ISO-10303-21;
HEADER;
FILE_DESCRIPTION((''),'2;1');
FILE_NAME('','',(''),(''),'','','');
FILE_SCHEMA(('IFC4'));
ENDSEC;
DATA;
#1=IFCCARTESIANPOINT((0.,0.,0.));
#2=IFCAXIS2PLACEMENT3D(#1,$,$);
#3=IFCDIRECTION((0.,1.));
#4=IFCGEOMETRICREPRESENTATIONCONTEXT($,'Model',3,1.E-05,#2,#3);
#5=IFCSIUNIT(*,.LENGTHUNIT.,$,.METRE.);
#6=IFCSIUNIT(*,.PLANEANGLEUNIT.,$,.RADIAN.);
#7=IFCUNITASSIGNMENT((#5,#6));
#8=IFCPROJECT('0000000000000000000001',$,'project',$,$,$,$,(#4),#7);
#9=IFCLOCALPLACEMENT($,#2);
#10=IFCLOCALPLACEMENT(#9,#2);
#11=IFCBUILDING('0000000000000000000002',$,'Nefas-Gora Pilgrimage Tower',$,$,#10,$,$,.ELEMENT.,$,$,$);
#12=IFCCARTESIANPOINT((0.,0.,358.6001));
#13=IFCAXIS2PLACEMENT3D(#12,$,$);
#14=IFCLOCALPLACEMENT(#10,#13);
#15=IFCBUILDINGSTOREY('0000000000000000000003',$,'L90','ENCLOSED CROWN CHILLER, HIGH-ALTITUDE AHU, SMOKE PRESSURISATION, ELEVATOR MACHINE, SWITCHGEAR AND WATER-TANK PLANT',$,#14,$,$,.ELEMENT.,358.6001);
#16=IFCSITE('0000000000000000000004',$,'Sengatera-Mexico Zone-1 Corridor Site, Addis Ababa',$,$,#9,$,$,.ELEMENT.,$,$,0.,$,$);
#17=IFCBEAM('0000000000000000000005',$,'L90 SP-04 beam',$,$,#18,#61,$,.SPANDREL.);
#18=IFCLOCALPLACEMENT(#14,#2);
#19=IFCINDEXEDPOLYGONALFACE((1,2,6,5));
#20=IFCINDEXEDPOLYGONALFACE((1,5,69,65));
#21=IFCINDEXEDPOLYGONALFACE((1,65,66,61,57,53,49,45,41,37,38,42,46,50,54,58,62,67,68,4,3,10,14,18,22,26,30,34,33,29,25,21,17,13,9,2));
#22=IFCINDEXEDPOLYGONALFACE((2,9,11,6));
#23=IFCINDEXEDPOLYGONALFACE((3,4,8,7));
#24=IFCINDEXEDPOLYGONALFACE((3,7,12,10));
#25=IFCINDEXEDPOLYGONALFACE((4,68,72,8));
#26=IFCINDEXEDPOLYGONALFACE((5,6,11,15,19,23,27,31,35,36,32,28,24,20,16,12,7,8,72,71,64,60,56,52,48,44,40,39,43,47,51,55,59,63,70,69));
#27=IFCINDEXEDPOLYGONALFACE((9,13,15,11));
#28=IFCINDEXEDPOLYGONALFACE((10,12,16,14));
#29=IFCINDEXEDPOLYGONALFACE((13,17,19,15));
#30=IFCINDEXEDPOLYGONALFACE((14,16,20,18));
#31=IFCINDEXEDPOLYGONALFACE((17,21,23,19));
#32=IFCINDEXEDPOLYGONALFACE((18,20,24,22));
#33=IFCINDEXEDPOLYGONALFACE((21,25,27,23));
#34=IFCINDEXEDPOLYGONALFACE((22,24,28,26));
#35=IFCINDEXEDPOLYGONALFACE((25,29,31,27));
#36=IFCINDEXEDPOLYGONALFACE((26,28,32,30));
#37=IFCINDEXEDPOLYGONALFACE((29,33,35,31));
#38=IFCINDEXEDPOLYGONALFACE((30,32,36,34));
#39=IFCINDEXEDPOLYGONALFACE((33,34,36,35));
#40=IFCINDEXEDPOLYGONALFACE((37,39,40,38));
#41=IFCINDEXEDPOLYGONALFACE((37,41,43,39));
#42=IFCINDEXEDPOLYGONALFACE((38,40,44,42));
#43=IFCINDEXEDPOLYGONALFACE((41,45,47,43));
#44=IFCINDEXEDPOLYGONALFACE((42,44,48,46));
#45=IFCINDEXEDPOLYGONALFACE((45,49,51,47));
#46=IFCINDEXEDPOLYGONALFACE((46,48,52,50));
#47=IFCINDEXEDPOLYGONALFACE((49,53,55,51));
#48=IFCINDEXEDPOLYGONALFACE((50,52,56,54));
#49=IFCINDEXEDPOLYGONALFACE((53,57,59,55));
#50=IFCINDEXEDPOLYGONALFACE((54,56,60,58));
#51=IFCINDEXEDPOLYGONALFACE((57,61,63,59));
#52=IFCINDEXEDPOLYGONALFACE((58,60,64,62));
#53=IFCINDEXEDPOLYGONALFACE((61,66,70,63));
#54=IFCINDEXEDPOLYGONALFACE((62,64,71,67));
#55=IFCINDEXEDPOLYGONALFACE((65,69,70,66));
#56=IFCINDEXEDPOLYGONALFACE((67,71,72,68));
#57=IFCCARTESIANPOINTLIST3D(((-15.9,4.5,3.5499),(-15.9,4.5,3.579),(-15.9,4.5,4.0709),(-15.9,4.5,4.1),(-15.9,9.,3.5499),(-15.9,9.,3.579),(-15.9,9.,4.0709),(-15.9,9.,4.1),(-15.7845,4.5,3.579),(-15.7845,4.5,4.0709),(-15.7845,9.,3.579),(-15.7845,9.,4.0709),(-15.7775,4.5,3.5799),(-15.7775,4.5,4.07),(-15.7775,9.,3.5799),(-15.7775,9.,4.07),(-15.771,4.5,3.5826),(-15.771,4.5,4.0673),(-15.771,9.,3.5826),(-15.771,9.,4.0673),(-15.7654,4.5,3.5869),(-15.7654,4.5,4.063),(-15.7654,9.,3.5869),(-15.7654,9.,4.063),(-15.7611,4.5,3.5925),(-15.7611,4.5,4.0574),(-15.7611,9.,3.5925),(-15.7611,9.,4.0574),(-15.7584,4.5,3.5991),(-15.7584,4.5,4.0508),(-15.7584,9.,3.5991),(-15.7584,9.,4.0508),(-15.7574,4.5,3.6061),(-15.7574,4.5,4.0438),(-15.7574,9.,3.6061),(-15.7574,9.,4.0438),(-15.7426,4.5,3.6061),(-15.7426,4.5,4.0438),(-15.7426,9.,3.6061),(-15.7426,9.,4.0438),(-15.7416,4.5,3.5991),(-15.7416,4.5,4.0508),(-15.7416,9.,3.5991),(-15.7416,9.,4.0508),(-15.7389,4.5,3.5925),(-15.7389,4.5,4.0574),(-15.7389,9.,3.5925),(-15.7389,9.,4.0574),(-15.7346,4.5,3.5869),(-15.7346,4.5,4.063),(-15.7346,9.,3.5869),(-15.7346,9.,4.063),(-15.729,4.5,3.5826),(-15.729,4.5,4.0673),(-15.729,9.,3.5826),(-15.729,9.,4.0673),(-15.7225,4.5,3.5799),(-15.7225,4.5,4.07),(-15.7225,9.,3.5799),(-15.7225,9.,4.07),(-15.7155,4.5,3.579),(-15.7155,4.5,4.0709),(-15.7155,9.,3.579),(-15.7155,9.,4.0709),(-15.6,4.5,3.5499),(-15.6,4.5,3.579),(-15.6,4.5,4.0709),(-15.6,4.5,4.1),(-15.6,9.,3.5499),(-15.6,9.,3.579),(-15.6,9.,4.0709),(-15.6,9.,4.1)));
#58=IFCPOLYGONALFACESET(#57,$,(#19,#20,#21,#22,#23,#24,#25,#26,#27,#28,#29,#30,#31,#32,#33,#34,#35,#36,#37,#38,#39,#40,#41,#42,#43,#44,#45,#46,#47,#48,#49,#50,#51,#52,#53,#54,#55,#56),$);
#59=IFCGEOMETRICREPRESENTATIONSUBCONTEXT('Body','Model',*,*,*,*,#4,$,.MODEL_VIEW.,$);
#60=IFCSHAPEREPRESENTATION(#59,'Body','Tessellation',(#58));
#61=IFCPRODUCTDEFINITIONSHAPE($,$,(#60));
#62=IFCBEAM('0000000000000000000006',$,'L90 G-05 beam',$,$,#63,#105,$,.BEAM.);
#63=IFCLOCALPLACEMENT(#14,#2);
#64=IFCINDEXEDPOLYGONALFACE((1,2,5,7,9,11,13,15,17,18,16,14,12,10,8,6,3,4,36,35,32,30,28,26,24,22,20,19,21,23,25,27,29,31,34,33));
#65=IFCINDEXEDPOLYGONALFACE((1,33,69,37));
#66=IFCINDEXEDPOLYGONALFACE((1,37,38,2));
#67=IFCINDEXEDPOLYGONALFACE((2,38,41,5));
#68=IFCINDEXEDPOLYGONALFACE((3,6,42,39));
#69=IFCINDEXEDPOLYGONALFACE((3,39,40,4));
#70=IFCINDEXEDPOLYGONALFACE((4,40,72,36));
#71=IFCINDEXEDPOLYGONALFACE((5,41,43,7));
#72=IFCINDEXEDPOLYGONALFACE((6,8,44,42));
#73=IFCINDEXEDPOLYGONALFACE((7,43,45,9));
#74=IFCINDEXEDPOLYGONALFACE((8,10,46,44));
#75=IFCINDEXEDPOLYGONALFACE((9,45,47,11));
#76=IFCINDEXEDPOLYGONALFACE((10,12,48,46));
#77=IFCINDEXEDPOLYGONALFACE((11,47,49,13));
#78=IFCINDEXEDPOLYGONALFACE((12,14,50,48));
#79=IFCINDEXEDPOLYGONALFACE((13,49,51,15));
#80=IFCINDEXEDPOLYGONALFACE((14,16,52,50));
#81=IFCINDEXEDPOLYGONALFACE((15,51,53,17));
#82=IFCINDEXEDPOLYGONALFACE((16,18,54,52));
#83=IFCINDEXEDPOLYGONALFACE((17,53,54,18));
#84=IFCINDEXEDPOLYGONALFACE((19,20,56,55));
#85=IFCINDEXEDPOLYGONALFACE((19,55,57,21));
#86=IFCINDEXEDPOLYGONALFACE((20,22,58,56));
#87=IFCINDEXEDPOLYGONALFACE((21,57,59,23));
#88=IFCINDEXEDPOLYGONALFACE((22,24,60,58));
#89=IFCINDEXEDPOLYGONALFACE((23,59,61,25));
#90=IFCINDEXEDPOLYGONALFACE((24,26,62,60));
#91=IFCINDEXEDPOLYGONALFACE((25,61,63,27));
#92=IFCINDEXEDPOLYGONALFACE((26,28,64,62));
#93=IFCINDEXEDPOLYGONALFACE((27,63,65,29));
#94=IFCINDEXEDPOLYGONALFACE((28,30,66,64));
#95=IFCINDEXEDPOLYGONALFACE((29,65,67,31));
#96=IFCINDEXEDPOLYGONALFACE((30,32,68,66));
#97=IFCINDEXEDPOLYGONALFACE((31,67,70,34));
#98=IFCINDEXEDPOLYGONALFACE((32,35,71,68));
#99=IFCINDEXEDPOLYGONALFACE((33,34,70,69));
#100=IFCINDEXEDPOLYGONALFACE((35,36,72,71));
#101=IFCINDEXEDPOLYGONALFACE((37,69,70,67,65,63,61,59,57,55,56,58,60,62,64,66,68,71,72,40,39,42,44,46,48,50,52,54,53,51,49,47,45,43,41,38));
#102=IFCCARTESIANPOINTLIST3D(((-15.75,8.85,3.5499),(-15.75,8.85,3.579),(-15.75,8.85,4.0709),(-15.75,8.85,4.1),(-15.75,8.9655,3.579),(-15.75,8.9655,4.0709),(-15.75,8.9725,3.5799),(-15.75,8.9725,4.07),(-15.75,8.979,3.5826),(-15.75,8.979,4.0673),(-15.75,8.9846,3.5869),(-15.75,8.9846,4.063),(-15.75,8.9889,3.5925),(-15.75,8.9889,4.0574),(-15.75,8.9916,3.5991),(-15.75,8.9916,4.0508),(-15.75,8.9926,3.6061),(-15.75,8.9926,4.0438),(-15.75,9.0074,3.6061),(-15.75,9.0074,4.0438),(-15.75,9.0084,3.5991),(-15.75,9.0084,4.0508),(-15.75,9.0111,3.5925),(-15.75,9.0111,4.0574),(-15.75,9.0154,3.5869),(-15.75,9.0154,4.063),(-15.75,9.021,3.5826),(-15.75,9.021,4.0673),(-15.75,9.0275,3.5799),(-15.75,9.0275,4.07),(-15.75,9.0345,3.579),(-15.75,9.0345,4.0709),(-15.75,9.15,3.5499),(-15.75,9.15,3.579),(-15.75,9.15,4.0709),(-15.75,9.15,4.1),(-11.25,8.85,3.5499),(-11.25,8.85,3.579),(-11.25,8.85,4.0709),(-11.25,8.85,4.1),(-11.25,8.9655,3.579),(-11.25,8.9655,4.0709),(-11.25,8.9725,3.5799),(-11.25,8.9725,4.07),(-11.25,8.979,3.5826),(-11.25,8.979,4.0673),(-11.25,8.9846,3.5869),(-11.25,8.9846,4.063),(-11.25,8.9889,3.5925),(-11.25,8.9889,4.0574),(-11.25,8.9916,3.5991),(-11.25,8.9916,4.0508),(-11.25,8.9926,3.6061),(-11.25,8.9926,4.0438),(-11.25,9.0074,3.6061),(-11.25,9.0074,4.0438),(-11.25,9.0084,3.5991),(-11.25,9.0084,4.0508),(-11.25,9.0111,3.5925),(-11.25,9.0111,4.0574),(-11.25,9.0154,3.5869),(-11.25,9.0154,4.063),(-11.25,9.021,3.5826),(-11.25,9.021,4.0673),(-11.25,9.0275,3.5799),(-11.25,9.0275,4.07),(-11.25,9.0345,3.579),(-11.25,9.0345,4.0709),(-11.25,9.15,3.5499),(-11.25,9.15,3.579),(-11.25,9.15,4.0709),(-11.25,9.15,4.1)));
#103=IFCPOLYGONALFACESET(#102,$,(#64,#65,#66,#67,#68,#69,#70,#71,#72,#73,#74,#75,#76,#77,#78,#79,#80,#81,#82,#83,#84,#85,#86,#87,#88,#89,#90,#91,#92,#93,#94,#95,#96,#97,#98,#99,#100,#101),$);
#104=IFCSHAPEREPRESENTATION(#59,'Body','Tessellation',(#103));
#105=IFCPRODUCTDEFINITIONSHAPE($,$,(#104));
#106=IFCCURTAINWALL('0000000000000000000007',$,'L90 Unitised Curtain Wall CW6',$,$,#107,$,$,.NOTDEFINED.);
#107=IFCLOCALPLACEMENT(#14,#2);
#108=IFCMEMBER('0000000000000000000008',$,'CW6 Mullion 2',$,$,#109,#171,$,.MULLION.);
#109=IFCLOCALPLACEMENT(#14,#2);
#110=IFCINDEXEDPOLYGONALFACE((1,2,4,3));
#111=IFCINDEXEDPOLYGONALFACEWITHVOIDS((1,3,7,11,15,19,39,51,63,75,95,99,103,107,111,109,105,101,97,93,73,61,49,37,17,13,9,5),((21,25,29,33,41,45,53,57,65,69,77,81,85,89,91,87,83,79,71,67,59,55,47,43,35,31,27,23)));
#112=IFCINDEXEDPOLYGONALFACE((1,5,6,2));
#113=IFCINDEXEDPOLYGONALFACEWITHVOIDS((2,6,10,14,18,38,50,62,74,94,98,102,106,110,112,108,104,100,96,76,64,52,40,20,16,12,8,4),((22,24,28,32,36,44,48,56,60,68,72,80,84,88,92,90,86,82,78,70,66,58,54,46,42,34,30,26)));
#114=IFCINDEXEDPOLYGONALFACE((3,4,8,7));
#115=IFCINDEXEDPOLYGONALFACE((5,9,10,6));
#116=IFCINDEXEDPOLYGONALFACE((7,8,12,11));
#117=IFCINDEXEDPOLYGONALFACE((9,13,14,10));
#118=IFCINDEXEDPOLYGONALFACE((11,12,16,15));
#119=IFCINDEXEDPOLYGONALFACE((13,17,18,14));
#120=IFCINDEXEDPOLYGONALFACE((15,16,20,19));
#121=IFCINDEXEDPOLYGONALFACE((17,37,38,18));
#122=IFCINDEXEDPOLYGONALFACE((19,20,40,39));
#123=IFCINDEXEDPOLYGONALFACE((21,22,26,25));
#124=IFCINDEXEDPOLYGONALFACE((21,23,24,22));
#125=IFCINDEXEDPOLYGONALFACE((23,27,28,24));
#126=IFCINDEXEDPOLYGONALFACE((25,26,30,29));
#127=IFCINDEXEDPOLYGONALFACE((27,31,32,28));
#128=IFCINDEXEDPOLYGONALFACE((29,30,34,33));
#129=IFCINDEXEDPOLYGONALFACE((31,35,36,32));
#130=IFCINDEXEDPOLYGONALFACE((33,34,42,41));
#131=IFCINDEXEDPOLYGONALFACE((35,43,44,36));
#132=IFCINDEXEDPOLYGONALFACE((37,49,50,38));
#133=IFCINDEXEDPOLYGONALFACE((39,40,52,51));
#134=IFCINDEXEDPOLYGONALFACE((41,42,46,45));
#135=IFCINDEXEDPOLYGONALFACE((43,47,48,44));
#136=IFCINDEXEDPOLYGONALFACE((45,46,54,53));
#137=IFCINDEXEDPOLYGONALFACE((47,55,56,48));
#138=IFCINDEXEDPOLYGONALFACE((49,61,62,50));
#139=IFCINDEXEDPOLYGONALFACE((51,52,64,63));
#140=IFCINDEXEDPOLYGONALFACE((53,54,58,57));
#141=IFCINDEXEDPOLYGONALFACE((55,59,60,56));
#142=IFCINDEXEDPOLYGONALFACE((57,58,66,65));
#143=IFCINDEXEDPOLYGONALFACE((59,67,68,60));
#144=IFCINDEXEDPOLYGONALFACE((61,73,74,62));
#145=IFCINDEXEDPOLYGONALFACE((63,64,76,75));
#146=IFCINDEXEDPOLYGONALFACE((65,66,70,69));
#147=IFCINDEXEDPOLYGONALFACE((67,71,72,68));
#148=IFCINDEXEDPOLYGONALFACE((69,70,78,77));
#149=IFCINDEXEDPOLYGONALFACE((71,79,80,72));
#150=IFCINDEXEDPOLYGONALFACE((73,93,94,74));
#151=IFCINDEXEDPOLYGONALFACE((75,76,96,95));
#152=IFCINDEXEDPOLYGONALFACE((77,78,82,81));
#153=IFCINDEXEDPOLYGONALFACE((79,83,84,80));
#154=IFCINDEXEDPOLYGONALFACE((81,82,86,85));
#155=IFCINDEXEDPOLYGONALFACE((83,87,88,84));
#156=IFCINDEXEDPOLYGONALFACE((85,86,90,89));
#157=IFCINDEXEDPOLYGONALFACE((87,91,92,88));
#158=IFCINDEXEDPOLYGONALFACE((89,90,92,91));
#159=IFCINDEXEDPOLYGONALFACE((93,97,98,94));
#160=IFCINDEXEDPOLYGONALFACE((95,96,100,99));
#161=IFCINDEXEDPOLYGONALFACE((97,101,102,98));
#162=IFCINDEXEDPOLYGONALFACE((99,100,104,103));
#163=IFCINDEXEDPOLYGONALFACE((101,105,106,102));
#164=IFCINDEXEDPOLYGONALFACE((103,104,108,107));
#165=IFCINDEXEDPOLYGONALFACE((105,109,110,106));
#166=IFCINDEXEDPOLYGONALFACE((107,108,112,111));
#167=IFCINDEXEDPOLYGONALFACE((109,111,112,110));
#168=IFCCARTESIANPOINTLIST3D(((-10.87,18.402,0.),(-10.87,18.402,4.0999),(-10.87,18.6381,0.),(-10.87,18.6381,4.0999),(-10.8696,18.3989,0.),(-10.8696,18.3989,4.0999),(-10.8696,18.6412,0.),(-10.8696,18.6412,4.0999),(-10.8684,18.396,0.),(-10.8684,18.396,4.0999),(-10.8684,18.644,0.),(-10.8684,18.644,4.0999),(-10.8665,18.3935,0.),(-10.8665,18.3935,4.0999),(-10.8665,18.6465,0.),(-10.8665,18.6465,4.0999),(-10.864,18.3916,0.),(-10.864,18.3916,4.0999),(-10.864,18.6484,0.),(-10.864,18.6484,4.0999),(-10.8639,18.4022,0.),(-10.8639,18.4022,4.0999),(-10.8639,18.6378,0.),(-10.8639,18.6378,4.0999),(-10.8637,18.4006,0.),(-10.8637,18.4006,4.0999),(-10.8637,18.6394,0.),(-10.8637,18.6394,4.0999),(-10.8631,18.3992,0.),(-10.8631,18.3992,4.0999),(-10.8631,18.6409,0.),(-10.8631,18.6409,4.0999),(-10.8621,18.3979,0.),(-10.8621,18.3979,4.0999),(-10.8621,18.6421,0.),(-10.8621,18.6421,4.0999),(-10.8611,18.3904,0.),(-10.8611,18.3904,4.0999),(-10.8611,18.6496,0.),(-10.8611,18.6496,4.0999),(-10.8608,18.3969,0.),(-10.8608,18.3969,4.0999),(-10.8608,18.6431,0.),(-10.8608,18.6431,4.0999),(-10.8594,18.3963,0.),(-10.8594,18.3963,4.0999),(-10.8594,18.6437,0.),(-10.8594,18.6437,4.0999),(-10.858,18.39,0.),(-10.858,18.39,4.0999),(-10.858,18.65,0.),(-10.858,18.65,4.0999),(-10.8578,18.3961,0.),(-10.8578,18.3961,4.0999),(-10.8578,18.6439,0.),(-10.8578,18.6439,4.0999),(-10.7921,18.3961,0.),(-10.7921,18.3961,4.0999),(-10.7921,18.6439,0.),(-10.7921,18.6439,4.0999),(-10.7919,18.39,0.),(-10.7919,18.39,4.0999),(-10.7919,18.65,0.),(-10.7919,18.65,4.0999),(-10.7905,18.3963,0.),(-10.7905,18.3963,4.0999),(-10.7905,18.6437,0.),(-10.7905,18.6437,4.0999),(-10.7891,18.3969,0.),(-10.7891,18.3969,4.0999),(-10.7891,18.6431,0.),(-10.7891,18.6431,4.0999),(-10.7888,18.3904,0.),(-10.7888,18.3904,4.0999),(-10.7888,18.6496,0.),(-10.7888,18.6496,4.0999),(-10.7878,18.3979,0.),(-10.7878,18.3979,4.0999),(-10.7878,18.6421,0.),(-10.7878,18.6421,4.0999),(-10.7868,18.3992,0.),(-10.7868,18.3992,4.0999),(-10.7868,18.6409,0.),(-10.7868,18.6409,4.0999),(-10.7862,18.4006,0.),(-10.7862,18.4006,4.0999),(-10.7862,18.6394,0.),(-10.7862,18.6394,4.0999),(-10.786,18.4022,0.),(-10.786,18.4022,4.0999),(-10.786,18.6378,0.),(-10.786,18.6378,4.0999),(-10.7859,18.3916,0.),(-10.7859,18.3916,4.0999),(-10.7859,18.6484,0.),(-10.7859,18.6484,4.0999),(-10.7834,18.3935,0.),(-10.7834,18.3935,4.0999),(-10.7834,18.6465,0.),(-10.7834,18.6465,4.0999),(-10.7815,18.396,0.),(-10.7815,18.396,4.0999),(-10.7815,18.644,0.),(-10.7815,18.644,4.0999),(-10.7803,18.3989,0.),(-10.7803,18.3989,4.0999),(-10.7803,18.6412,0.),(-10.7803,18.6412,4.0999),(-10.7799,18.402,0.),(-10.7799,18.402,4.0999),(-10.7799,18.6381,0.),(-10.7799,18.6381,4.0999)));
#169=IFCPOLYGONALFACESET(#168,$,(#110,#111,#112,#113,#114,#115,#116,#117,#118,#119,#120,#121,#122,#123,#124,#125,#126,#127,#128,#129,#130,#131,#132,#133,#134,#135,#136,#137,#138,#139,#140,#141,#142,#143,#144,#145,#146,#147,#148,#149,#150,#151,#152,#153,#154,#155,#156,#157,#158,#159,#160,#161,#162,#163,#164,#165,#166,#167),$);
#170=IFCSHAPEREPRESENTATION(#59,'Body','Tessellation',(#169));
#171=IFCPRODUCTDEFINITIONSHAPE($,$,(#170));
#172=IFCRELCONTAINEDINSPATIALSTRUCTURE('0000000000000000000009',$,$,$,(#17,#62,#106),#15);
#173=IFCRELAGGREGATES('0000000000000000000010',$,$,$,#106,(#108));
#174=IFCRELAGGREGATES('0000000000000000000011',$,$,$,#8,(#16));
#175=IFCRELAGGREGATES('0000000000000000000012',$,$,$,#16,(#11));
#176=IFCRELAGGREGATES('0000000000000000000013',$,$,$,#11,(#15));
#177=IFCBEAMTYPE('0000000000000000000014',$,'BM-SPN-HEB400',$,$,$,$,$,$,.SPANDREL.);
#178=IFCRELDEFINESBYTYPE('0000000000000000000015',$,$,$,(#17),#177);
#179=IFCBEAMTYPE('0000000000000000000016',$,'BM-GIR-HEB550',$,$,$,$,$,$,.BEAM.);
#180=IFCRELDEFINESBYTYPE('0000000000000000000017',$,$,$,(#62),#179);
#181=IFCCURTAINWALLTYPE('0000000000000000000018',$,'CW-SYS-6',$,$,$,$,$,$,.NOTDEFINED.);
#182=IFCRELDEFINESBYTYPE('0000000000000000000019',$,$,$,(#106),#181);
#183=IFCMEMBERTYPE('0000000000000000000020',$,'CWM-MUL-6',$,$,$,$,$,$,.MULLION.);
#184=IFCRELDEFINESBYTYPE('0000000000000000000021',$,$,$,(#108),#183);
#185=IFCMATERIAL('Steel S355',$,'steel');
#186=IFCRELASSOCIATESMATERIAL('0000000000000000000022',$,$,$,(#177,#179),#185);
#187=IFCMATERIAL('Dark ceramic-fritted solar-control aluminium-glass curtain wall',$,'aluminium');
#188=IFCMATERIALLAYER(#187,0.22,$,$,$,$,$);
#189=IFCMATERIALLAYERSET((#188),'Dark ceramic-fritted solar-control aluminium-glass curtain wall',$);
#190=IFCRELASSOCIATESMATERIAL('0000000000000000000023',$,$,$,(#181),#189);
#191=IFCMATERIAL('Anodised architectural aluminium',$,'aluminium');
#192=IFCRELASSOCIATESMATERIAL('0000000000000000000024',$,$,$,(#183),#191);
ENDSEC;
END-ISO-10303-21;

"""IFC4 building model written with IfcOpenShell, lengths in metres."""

from ifc_helpers import new_model, si_unit, direction, frame, origin, origin_2d, place, context, subcontext, project, spatial, hollow_rectangle, i_section, extrude, source, transform, mapped, material, layer, layer_set, material_profile, profile_set, type_object, element, aggregate, save


model = new_model("IFC4")

# Units and contexts
model_context = context("Model", 3, precision=1e-05, world=origin(), true_north=direction((0.0, 1.0)))
body_context = subcontext(model_context, "Body", "Model", "MODEL_VIEW")
ifc_project = project(units=[si_unit("LENGTHUNIT", "METRE"), si_unit("PLANEANGLEUNIT", "RADIAN")], contexts=[model_context])

# Site, building, storey
site_placement = place(None, origin())
site = spatial("IfcSite", under=ifc_project, at=site_placement, Name="Sengatera-Mexico Zone-1 Corridor Site, Addis Ababa", CompositionType="ELEMENT", RefElevation=0.0)
building_placement = place(site_placement, origin())
building = spatial("IfcBuilding", under=site, at=building_placement, Name="Nefas-Gora Pilgrimage Tower", CompositionType="ELEMENT")
storey_placement = place(building_placement, frame((0.0, 0.0, 358.6001)))
storey = spatial("IfcBuildingStorey", under=building, at=storey_placement, Name="L90", Description="ENCLOSED CROWN CHILLER, HIGH-ALTITUDE AHU, SMOKE PRESSURISATION, ELEVATOR MACHINE, SWITCHGEAR AND WATER-TANK PLANT", CompositionType="ELEMENT", Elevation=358.6001)

# Shared definitions
ifc_material_1 = material(Name="Steel S355", Category="steel")

# Beams
ifc_material_profile_1 = material_profile(ifc_material_1, i_section(OverallWidth=0.3, OverallDepth=0.55, WebThickness=0.0149, FlangeThickness=0.0291, FilletRadius=0.0271, at=origin_2d()), Name="HEB 550")
ifc_profile_set_1 = profile_set([ifc_material_profile_1], Name="Steel S355")
beam_type_1 = type_object("IfcBeamType", Name="BM-SPN-HEB400", PredefinedType="SPANDREL", material=ifc_profile_set_1)
shared_shape_1 = source(origin(), body_context, "Body", "SweptSolid", [
    extrude(i_section(OverallWidth=0.3, OverallDepth=0.55, WebThickness=0.0149, FlangeThickness=0.0291, FilletRadius=0.0271, at=origin_2d()), origin(), (0.0, 0.0, 1.0), 4.5),
])
beam_1_placement = place(storey_placement, frame((-15.75, 4.5, 3.825), z_axis=(0.0, 1.0, 0.0), x_axis=(-1.0, 0.0, 0.0)))
element("IfcBeam", 1, at=beam_1_placement, inside=storey, type_object=beam_type_1, Name="L90 SP-04 beam", PredefinedType="SPANDREL", context=body_context, shape_type="MappedRepresentation", body=[
    mapped(shared_shape_1, transform((0.0, 0.0, 0.0), x_axis=(1.0, 0.0, 0.0), y_axis=(0.0, 1.0, 0.0), z_axis=(0.0, 0.0, 1.0), scale=1.0)),
])
ifc_material_profile_2 = material_profile(ifc_material_1, i_section(OverallWidth=0.3, OverallDepth=0.55, WebThickness=0.0149, FlangeThickness=0.0291, FilletRadius=0.0271, at=origin_2d()), Name="HEB 550")
ifc_profile_set_2 = profile_set([ifc_material_profile_2], Name="Steel S355")
beam_type_2 = type_object("IfcBeamType", Name="BM-GIR-HEB550", PredefinedType="BEAM", material=ifc_profile_set_2)
shared_shape_2 = source(origin(), body_context, "Body", "SweptSolid", [
    extrude(i_section(OverallWidth=0.3, OverallDepth=0.55, WebThickness=0.0149, FlangeThickness=0.0291, FilletRadius=0.0271, at=origin_2d()), origin(), (0.0, 0.0, 1.0), 4.5),
])
beam_2_placement = place(storey_placement, frame((-15.75, 9.0, 3.825), z_axis=(1.0, 0.0, 0.0), x_axis=(0.0, 1.0, 0.0)))
element("IfcBeam", 2, at=beam_2_placement, inside=storey, type_object=beam_type_2, Name="L90 G-05 beam", PredefinedType="BEAM", context=body_context, shape_type="MappedRepresentation", body=[
    mapped(shared_shape_2, transform((0.0, 0.0, 0.0), x_axis=(1.0, 0.0, 0.0), y_axis=(0.0, 1.0, 0.0), z_axis=(0.0, 0.0, 1.0), scale=1.0)),
])

# Curtain wall, member
ifc_material_2 = material(Name="Dark ceramic-fritted solar-control aluminium-glass curtain wall", Category="aluminium")
ifc_layer_1 = layer(ifc_material_2, 0.22)
ifc_layer_set_1 = layer_set([ifc_layer_1], Name="Dark ceramic-fritted solar-control aluminium-glass curtain wall")
curtain_wall_type = type_object("IfcCurtainWallType", Name="CW-SYS-6", PredefinedType="NOTDEFINED", material=ifc_layer_set_1)
curtain_wall_1_placement = place(storey_placement, origin())
curtain_wall_1 = element("IfcCurtainWall", 3, at=curtain_wall_1_placement, inside=storey, type_object=curtain_wall_type, Name="L90 Unitised Curtain Wall CW6", PredefinedType="NOTDEFINED")
ifc_material_3 = material(Name="Anodised architectural aluminium", Category="aluminium")
ifc_material_profile_3 = material_profile(ifc_material_3, hollow_rectangle(XDim=0.0901, YDim=0.26, WallThickness=0.0061, InnerFilletRadius=0.0061, OuterFilletRadius=0.012, at=origin_2d()), Name="ALU MULLION 90x260")
ifc_profile_set_3 = profile_set([ifc_material_profile_3], Name="Anodised architectural aluminium")
member_type_1 = type_object("IfcMemberType", Name="CWM-MUL-6", PredefinedType="MULLION", material=ifc_profile_set_3)
shared_shape_3 = source(origin(), body_context, "Body", "SweptSolid", [
    extrude(hollow_rectangle(XDim=0.0901, YDim=0.26, WallThickness=0.0061, InnerFilletRadius=0.0061, OuterFilletRadius=0.012, at=origin_2d()), origin(), (0.0, 0.0, 1.0), 4.0999),
])
member_1_placement = place(storey_placement, frame((-10.825, 18.52, 0.0), z_axis=(0.0, 0.0, 1.0), x_axis=(-1.0, 0.0, 0.0)))
member_1 = element("IfcMember", 4, at=member_1_placement, type_object=member_type_1, Name="CW6 Mullion 2", PredefinedType="MULLION", context=body_context, shape_type="MappedRepresentation", body=[
    mapped(shared_shape_3, transform((0.0, 0.0, 0.0), x_axis=(1.0, 0.0, 0.0), y_axis=(0.0, 1.0, 0.0), z_axis=(0.0, 0.0, 1.0), scale=1.0)),
])
aggregate(curtain_wall_1, [member_1])

save(model, "model.ifc")
